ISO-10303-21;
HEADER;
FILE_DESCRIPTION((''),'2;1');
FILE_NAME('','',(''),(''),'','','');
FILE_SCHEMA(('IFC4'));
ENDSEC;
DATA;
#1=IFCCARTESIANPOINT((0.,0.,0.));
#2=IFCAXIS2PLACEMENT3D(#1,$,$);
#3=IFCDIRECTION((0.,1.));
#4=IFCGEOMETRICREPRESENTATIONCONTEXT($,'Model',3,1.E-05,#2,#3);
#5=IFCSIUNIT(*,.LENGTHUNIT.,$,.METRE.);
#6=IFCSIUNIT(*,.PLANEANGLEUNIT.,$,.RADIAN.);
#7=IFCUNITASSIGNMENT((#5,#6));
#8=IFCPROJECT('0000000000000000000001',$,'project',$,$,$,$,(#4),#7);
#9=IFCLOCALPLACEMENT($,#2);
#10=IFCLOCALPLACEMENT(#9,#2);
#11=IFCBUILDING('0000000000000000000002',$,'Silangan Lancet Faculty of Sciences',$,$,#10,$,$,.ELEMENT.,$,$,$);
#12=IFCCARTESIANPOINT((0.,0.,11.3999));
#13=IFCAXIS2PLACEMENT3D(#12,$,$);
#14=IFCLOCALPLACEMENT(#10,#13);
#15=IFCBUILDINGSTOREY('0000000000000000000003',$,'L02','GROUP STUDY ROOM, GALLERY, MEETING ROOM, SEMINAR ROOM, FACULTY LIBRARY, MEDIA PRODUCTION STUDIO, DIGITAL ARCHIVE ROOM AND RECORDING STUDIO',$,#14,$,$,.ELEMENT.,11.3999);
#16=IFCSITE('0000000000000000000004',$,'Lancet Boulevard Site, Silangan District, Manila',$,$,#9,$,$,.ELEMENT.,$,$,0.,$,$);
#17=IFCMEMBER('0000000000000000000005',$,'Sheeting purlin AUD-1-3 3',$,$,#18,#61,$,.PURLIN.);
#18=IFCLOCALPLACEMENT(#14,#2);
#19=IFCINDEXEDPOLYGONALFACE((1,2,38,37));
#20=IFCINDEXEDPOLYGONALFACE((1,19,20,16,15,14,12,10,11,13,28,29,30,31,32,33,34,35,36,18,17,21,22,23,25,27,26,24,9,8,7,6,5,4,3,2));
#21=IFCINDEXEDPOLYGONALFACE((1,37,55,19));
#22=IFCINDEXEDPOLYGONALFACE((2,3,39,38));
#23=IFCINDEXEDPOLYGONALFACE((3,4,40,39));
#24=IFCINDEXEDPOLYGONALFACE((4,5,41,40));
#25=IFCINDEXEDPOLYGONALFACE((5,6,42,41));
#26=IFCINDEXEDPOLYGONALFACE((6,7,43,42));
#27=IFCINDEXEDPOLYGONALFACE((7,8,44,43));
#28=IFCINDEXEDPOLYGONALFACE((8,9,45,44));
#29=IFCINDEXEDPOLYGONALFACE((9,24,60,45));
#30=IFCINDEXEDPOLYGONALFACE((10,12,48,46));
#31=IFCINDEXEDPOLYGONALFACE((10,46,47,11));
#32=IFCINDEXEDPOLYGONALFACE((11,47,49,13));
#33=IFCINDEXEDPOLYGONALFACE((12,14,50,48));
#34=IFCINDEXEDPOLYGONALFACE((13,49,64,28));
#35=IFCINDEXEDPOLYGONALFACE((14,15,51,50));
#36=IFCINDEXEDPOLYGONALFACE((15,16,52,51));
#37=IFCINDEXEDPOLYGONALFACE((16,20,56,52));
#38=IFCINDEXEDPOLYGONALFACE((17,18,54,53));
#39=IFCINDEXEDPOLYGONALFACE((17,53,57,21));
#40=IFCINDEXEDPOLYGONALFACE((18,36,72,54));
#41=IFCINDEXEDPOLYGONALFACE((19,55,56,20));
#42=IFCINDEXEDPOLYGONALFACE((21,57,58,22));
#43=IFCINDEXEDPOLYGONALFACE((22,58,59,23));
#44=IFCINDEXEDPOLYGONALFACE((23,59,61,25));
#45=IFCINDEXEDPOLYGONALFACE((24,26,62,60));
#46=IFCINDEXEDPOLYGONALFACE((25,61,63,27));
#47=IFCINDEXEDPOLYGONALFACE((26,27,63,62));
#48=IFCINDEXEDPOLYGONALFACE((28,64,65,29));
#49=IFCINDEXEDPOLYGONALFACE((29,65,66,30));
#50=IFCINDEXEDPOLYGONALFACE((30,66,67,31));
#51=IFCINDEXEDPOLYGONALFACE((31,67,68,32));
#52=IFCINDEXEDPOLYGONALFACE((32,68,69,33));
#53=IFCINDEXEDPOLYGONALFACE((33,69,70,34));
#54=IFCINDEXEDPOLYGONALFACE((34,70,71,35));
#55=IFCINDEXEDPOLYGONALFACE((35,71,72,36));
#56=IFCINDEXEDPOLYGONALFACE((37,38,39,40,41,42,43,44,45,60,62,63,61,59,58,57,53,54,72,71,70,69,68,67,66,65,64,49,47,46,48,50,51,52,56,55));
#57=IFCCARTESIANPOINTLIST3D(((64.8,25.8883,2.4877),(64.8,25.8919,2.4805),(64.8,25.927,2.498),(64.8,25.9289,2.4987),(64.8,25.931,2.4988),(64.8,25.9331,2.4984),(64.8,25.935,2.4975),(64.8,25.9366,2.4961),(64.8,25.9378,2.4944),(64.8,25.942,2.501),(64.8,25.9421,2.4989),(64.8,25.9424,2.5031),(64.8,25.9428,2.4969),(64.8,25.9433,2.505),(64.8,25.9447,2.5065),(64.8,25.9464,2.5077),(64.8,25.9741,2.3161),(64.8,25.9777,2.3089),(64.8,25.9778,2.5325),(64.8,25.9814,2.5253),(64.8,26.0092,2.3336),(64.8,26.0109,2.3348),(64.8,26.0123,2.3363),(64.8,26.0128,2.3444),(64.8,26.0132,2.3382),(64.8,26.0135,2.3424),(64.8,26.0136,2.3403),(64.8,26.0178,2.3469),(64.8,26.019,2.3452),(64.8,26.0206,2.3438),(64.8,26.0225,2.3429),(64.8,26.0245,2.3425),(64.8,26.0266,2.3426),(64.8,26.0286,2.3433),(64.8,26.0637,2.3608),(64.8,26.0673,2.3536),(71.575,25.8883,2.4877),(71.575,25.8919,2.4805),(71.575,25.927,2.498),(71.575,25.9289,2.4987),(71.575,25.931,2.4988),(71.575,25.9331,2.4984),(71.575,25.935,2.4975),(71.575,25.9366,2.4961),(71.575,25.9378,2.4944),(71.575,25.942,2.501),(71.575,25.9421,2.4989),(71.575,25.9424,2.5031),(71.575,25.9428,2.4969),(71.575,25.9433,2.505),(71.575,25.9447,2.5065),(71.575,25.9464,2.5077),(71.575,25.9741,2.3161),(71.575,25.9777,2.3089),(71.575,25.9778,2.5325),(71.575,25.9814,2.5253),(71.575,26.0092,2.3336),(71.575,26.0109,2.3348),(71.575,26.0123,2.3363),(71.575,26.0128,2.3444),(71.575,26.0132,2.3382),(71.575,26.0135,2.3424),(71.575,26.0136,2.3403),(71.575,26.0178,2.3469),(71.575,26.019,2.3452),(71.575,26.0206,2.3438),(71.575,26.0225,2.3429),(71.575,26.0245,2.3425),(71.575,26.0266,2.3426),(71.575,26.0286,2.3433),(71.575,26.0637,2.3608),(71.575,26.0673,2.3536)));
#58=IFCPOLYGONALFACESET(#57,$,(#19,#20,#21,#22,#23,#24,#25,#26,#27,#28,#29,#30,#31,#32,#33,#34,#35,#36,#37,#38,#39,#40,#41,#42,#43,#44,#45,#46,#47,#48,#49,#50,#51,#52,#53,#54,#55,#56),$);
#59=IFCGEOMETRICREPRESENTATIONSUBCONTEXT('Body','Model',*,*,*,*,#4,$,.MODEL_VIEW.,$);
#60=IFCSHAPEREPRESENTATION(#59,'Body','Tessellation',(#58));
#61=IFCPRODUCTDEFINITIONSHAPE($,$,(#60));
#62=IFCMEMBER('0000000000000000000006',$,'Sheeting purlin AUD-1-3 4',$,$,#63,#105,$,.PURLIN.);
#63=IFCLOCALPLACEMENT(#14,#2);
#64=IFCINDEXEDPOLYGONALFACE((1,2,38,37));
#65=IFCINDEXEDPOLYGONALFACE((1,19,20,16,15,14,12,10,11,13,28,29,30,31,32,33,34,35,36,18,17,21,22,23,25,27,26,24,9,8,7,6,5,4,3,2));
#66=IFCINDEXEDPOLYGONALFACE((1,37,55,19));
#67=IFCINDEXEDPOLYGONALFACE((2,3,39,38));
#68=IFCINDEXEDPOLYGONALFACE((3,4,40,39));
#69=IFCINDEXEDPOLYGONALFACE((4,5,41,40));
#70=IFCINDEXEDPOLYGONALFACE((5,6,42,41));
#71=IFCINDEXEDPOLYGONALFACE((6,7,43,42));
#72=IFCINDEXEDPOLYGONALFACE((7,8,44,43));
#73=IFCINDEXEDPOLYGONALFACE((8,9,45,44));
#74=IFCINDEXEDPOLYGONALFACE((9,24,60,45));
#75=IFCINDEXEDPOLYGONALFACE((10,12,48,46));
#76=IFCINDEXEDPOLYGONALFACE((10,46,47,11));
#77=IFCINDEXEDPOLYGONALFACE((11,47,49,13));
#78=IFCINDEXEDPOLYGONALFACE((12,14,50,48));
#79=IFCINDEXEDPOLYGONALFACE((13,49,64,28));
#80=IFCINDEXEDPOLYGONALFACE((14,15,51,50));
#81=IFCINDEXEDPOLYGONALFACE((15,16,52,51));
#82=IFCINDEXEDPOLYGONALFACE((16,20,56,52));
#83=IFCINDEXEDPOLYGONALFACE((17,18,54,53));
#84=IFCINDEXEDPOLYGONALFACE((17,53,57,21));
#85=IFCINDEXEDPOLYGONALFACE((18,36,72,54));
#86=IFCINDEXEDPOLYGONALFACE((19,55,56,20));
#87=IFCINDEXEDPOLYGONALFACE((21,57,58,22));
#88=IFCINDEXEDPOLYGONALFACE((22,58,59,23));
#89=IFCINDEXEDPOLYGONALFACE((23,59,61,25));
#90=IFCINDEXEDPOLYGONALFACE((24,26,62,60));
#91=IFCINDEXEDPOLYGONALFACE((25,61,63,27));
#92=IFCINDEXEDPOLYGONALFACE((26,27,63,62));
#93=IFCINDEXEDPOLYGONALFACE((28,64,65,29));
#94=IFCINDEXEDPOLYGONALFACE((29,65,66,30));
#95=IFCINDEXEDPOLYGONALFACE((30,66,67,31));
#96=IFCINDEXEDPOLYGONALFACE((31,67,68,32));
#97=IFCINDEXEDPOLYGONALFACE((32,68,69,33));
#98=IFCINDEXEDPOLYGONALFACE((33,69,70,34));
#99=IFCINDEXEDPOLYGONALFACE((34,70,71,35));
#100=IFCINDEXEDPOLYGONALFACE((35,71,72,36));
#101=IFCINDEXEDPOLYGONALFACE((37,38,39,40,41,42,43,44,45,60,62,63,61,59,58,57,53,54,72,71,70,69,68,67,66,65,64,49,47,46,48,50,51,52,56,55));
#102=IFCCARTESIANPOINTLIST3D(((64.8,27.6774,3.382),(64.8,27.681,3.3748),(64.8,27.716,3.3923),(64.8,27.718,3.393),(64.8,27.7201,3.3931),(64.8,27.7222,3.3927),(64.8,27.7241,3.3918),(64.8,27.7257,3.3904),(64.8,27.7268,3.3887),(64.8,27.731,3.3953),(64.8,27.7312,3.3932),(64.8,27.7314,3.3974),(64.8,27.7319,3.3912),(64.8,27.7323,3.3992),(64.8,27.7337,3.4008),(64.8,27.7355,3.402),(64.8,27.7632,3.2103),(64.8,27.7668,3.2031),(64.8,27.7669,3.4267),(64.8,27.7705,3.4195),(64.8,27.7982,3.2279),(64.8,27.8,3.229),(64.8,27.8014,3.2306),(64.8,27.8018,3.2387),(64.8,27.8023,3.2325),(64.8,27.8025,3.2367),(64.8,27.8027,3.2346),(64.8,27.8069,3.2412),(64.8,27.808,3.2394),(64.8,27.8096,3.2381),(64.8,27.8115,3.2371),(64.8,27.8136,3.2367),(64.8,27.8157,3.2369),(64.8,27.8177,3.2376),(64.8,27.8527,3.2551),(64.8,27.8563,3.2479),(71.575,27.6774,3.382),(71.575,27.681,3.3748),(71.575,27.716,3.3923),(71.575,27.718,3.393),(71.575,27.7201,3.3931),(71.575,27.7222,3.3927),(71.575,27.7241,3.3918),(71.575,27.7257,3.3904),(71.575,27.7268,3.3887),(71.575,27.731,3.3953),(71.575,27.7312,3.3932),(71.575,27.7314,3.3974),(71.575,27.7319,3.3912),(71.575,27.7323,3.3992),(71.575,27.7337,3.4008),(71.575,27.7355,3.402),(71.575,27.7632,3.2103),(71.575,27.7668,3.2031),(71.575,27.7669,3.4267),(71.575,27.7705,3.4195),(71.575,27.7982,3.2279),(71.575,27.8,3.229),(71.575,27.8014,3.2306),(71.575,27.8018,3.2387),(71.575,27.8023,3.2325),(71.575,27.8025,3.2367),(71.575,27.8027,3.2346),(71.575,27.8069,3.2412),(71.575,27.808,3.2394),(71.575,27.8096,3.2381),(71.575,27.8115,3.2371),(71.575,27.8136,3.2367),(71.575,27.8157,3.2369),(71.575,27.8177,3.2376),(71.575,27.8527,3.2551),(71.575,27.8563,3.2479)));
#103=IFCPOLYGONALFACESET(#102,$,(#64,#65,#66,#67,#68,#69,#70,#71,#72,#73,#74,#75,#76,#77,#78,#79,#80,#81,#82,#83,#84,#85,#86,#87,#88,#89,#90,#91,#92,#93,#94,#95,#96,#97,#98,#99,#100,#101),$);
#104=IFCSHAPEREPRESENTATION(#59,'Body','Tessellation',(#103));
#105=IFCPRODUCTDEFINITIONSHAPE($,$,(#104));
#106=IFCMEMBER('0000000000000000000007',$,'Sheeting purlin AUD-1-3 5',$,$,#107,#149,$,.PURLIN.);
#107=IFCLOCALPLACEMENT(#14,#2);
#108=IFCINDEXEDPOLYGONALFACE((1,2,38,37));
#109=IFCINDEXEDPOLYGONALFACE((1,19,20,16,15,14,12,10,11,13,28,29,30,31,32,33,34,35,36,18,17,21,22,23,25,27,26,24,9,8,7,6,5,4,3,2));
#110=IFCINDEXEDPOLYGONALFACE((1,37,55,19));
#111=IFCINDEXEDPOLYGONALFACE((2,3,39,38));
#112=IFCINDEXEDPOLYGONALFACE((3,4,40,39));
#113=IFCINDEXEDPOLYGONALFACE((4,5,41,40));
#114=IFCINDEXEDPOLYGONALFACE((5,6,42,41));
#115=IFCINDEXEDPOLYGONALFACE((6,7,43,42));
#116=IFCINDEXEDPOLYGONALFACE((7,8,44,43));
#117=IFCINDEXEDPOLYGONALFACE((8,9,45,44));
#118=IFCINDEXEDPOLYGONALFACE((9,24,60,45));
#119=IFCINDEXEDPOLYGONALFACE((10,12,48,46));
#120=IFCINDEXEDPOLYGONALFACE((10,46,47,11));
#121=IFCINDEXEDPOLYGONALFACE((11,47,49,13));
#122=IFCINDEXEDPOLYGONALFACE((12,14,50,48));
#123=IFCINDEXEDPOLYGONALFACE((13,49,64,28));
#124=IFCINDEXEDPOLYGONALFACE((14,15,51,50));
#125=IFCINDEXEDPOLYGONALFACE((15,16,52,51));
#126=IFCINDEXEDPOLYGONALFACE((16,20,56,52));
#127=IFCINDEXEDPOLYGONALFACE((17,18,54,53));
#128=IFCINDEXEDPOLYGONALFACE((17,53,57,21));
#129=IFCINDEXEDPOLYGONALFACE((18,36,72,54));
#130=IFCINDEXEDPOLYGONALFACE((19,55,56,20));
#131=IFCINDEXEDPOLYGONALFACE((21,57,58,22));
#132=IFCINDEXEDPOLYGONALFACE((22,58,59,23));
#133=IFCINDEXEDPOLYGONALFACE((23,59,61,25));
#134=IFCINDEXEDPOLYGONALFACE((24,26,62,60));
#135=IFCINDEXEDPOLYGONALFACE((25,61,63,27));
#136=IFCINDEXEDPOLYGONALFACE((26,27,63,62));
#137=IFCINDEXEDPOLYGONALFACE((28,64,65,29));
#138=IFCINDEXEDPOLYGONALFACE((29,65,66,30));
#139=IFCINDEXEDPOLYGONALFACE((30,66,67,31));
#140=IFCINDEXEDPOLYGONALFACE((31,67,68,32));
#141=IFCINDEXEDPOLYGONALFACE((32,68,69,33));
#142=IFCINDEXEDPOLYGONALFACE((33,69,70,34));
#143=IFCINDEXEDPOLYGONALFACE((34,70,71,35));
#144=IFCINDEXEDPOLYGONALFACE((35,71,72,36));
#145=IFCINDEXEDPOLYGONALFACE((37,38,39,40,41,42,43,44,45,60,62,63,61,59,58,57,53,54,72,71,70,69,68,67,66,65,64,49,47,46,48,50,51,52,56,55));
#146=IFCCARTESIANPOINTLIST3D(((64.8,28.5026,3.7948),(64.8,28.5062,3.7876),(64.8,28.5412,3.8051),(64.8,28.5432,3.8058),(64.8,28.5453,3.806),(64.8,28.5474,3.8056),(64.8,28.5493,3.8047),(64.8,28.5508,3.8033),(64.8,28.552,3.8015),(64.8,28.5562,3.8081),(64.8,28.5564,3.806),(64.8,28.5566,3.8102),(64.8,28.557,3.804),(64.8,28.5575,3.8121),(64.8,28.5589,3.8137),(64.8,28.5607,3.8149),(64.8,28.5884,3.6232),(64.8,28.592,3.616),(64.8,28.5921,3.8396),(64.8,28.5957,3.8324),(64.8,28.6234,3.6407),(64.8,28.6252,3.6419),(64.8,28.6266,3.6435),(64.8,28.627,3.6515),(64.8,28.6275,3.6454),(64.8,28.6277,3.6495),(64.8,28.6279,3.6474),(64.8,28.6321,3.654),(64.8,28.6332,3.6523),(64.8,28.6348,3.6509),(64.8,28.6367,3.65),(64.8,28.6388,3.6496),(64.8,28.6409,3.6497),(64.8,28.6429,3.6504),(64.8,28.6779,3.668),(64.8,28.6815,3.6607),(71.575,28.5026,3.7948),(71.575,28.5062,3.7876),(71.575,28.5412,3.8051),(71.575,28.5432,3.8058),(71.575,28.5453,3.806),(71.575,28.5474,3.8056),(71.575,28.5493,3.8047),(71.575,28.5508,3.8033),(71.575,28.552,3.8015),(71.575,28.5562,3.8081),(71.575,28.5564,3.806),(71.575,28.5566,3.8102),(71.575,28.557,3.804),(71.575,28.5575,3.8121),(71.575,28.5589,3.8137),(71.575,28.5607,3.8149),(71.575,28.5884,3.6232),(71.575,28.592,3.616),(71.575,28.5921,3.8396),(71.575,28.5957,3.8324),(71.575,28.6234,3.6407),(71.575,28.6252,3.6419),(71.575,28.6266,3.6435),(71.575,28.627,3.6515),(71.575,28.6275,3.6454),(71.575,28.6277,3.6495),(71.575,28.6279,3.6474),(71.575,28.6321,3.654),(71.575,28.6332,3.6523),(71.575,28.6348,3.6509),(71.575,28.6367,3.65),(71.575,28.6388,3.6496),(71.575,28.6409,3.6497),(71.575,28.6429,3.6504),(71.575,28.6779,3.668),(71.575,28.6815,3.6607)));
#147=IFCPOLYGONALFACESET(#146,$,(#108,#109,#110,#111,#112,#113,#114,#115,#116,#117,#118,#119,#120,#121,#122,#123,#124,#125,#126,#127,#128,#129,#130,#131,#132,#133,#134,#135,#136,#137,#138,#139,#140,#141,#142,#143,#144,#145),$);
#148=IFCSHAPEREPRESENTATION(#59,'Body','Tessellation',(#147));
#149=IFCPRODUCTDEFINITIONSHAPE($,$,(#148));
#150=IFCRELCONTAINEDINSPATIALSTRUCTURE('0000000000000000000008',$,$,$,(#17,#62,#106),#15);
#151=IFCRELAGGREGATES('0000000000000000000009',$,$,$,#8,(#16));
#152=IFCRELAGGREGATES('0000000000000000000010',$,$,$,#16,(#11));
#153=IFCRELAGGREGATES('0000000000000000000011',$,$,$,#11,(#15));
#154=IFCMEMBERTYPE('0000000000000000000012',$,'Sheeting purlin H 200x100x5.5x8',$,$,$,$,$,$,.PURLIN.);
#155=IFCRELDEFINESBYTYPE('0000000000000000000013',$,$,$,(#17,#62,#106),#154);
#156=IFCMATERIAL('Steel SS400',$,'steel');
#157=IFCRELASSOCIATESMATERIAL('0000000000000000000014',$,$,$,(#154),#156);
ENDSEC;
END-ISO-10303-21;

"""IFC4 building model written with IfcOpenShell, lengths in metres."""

from ifc_helpers import new_model, si_unit, direction, frame, origin, origin_2d, place, context, subcontext, project, spatial, i_section, extrude, material, material_profile, profile_set, type_object, element, save


model = new_model("IFC4")

# Units and contexts
model_context = context("Model", 3, precision=1e-05, world=origin(), true_north=direction((0.0, 1.0)))
body_context = subcontext(model_context, "Body", "Model", "MODEL_VIEW")
ifc_project = project(units=[si_unit("LENGTHUNIT", "METRE"), si_unit("PLANEANGLEUNIT", "RADIAN")], contexts=[model_context])

# Site, building, storey
site_placement = place(None, origin())
site = spatial("IfcSite", under=ifc_project, at=site_placement, Name="Lancet Boulevard Site, Silangan District, Manila", CompositionType="ELEMENT", RefElevation=0.0)
building_placement = place(site_placement, origin())
building = spatial("IfcBuilding", under=site, at=building_placement, Name="Silangan Lancet Faculty of Sciences", CompositionType="ELEMENT")
storey_placement = place(building_placement, frame((0.0, 0.0, 11.3999)))
storey = spatial("IfcBuildingStorey", under=building, at=storey_placement, Name="L02", Description="GROUP STUDY ROOM, GALLERY, MEETING ROOM, SEMINAR ROOM, FACULTY LIBRARY, MEDIA PRODUCTION STUDIO, DIGITAL ARCHIVE ROOM AND RECORDING STUDIO", CompositionType="ELEMENT", Elevation=11.3999)

# Members
ifc_material_1 = material(Name="Steel SS400", Category="steel")
ifc_material_profile_1 = material_profile(ifc_material_1, i_section(OverallWidth=0.1001, OverallDepth=0.2, WebThickness=0.0056, FlangeThickness=0.0081, FilletRadius=0.0081, at=origin_2d()), Name="H 200x100x5.5x8")
ifc_profile_set_1 = profile_set([ifc_material_profile_1], Name="Steel SS400")
member_type_1 = type_object("IfcMemberType", Name="Sheeting purlin H 200x100x5.5x8", PredefinedType="PURLIN", material=ifc_profile_set_1)
for number, where, z_axis, x_axis, name in (
    (1, (64.8, 25.9778, 2.4207), (1.0, 0.0, 0.0), (0.0, 0.894427, 0.447214), "Sheeting purlin AUD-1-3 3"),
    (2, (64.8, 27.7668, 3.3149), (1.0, 0.0, 0.0), (0.0, 0.894427, 0.447214), "Sheeting purlin AUD-1-3 4"),
    (3, (64.8, 28.592, 3.7278), (1.0, 0.0, 0.0), (0.0, 0.894427, 0.447214), "Sheeting purlin AUD-1-3 5"),
):
    element("IfcMember", number, at=place(storey_placement, frame(where, z_axis=z_axis, x_axis=x_axis)), inside=storey, type_object=member_type_1, Name=name, PredefinedType="PURLIN", context=body_context, shape_type="SweptSolid", body=[
        extrude(i_section(OverallWidth=0.1001, OverallDepth=0.2, WebThickness=0.0056, FlangeThickness=0.0081, FilletRadius=0.0081, at=origin_2d()), origin(), (0.0, 0.0, 1.0), 6.7749),
    ])

save(model, "model.ifc")
